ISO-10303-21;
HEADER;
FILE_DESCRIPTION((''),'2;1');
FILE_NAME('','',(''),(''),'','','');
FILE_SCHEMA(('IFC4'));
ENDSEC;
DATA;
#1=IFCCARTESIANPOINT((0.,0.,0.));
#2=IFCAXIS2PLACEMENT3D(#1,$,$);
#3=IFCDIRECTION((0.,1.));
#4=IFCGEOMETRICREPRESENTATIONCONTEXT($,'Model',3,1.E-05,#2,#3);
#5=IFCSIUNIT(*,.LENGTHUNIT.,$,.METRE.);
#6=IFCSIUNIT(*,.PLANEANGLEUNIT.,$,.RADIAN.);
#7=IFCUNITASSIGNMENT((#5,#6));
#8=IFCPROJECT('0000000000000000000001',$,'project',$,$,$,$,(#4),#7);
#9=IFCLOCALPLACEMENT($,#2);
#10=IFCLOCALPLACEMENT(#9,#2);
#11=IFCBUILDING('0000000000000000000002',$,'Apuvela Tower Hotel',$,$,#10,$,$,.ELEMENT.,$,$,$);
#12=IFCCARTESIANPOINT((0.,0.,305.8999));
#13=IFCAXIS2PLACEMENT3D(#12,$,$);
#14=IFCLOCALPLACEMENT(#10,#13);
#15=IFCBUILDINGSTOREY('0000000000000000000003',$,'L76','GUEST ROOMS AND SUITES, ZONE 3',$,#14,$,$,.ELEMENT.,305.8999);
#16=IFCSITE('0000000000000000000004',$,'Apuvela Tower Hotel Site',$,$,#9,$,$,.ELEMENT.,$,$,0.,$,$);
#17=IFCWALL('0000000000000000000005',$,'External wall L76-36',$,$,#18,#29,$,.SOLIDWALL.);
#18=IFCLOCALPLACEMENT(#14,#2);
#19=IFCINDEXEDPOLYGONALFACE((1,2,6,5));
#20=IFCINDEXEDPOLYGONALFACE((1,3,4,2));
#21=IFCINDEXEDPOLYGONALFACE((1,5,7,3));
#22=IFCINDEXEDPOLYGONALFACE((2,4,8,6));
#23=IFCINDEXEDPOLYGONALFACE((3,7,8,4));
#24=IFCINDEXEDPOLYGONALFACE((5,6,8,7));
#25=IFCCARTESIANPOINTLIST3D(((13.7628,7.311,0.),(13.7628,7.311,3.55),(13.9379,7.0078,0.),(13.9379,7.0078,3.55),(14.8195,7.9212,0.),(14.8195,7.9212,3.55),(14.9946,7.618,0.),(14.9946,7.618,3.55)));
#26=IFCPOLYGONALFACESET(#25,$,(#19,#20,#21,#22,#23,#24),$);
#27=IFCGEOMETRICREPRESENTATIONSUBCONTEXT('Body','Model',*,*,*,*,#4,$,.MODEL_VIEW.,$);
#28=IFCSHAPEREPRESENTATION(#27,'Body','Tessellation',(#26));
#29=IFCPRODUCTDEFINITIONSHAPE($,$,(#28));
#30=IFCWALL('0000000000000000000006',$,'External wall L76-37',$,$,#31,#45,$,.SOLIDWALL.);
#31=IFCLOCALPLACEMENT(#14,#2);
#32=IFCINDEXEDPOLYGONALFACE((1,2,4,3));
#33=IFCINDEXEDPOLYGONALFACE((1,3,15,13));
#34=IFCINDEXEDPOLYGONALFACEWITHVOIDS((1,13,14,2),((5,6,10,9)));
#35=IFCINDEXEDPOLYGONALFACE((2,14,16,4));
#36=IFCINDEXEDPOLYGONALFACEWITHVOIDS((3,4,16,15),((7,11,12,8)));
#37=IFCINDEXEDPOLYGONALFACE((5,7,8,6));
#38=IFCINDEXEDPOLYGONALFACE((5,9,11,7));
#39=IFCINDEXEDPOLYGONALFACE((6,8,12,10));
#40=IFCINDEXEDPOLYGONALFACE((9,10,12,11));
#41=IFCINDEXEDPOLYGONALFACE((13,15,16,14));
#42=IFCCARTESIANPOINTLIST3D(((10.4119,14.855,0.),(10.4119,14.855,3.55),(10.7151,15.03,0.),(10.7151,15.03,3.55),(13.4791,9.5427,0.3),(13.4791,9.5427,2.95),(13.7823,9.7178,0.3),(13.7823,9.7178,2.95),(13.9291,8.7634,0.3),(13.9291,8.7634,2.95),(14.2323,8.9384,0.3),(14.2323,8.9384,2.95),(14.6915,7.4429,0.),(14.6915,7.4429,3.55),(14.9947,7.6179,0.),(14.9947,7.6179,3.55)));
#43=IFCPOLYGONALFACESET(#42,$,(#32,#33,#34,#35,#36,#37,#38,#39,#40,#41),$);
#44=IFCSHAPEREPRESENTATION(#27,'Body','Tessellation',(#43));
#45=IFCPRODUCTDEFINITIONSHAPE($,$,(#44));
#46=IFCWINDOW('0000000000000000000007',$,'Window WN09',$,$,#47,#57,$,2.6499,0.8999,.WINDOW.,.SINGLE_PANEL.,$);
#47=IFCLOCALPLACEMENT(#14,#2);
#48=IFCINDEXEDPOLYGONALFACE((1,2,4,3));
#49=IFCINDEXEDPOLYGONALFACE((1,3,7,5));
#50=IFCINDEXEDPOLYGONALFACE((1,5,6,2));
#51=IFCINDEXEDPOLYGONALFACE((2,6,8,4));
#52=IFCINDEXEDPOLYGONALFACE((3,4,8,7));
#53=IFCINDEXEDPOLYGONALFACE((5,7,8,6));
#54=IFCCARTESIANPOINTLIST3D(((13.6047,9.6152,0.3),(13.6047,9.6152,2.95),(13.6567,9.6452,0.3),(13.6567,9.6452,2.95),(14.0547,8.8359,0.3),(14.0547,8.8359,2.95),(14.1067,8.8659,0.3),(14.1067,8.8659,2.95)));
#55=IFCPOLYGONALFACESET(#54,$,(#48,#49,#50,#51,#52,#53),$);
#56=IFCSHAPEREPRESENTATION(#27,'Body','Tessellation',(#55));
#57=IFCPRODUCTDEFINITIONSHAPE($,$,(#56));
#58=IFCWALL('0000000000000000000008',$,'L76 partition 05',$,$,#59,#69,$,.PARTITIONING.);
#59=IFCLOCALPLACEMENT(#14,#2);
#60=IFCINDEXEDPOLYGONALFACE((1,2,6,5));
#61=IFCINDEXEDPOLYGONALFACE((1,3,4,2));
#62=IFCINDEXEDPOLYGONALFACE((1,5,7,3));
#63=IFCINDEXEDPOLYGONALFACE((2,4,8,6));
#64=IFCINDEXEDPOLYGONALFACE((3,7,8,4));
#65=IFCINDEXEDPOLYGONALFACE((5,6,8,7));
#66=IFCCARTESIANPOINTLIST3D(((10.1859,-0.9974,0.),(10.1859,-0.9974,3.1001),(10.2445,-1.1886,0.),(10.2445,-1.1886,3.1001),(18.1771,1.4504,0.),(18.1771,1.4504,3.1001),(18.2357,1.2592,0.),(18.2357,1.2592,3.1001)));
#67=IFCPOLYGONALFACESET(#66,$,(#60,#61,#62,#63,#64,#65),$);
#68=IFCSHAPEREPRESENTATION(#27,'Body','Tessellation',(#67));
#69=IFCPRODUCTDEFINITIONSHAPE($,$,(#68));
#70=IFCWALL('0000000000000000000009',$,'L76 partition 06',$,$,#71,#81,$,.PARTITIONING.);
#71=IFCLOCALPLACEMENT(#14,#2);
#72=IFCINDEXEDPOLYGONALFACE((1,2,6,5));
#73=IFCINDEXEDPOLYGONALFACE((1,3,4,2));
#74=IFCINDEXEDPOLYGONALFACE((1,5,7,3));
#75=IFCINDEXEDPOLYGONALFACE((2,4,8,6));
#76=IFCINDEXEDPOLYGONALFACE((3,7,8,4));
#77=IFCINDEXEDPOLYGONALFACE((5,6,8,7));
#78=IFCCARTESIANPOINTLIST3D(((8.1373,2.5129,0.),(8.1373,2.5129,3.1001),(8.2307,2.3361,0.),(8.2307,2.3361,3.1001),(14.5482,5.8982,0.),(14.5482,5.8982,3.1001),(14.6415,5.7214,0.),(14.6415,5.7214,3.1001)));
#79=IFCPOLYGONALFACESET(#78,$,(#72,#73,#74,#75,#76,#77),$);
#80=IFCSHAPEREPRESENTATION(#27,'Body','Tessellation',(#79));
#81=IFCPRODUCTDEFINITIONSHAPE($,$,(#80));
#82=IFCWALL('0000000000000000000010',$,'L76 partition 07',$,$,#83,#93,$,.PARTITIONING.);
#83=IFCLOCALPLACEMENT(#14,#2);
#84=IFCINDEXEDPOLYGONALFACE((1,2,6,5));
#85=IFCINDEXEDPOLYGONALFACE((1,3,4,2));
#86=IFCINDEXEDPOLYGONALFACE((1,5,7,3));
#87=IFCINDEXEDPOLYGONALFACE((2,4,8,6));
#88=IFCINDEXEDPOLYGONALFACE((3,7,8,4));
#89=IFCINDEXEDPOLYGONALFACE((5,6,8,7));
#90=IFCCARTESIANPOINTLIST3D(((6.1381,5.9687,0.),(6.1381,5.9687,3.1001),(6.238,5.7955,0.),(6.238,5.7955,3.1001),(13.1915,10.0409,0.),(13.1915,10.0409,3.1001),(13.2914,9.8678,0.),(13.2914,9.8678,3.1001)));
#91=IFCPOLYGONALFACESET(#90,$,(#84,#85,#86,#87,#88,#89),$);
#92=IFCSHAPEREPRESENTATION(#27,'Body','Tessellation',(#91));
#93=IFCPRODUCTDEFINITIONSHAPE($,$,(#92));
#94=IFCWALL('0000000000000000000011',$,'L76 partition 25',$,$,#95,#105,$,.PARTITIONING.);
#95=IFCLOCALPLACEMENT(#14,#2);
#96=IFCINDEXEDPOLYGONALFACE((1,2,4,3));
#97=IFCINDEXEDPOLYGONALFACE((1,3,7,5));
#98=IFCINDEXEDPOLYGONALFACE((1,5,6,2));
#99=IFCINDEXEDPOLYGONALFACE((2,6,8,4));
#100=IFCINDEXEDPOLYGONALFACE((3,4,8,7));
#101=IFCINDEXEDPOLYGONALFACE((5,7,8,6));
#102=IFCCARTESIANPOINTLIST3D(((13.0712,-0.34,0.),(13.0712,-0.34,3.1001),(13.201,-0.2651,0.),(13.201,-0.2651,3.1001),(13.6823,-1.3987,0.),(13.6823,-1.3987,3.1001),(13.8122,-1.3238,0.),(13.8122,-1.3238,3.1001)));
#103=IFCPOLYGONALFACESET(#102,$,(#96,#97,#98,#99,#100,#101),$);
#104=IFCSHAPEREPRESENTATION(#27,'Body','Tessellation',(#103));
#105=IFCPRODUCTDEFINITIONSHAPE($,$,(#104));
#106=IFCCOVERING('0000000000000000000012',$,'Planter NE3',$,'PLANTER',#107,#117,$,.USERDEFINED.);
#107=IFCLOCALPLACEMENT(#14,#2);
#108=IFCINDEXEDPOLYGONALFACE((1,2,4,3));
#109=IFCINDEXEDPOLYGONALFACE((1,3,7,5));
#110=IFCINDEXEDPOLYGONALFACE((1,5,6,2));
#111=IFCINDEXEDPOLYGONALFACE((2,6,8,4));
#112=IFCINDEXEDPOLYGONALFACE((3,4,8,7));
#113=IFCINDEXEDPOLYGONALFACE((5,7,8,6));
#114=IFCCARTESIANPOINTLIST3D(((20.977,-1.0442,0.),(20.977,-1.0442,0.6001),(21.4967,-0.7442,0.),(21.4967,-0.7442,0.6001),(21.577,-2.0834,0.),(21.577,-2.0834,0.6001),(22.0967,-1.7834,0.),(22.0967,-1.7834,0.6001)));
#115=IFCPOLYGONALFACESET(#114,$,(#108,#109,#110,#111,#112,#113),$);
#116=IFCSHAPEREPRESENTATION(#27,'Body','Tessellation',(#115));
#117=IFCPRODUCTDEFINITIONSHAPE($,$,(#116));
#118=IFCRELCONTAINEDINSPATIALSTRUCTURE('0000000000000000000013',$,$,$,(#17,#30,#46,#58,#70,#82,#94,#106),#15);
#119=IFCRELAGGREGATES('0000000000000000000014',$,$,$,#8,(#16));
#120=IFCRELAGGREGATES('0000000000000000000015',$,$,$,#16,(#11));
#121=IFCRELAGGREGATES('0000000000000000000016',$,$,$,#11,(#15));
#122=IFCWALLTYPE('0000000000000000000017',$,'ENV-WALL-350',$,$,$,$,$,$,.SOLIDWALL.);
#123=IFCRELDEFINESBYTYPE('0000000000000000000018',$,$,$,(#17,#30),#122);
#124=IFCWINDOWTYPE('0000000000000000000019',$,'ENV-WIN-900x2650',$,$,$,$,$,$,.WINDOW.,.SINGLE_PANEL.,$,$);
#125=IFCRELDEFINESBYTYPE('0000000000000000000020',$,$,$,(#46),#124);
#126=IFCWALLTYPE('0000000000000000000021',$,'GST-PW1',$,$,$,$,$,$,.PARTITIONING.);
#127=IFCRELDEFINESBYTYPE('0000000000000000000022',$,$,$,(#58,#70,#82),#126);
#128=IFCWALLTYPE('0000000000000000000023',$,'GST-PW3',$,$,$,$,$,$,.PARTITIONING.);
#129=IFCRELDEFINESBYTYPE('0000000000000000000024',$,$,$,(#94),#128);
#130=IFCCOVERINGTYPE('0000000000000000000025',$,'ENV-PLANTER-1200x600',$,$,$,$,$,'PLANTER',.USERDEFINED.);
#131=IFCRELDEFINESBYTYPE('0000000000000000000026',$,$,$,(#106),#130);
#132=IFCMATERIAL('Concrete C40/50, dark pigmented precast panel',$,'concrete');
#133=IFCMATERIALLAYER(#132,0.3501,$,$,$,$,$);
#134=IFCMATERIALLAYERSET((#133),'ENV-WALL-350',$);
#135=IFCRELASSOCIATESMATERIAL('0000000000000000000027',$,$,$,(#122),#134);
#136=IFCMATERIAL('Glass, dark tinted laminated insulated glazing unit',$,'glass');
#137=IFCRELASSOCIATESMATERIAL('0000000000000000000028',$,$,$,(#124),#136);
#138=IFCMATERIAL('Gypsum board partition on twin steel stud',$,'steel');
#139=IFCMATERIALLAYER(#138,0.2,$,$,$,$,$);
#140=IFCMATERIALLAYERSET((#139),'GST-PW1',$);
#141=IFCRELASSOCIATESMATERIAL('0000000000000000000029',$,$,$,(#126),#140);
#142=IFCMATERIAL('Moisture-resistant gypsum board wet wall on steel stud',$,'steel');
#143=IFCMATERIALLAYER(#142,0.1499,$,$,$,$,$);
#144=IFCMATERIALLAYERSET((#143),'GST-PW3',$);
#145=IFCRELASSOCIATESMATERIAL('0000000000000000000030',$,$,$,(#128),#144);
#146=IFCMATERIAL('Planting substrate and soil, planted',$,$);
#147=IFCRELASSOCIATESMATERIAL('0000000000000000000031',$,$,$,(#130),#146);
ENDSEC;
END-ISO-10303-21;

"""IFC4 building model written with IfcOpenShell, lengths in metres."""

from ifc_helpers import new_model, si_unit, direction, frame, frame_2d, origin, origin_2d, place, context, subcontext, project, spatial, rectangle, extrude, material, layer, layer_set, type_object, element, fill, save


model = new_model("IFC4")

# Units and contexts
model_context = context("Model", 3, precision=1e-05, world=origin(), true_north=direction((0.0, 1.0)))
body_context = subcontext(model_context, "Body", "Model", "MODEL_VIEW")
ifc_project = project(units=[si_unit("LENGTHUNIT", "METRE"), si_unit("PLANEANGLEUNIT", "RADIAN")], contexts=[model_context])

# Site, building, storey
site_placement = place(None, origin())
site = spatial("IfcSite", under=ifc_project, at=site_placement, Name="Apuvela Tower Hotel Site", CompositionType="ELEMENT", RefElevation=0.0)
building_placement = place(site_placement, origin())
building = spatial("IfcBuilding", under=site, at=building_placement, Name="Apuvela Tower Hotel", CompositionType="ELEMENT")
storey_placement = place(building_placement, frame((0.0, 0.0, 305.8999)))
storey = spatial("IfcBuildingStorey", under=building, at=storey_placement, Name="L76", Description="GUEST ROOMS AND SUITES, ZONE 3", CompositionType="ELEMENT", Elevation=305.8999)

# Shared definitions
ifc_material_1 = material(Name="Concrete C40/50, dark pigmented precast panel", Category="concrete")
ifc_layer_1 = layer(ifc_material_1, 0.3501)
ifc_layer_set_1 = layer_set([ifc_layer_1], Name="ENV-WALL-350")
wall_type_1 = type_object("IfcWallType", Name="ENV-WALL-350", PredefinedType="SOLIDWALL", material=ifc_layer_set_1)

# Shared definitions
ifc_material_2 = material(Name="Glass, dark tinted laminated insulated glazing unit", Category="glass")
window_type = type_object("IfcWindowType", Name="ENV-WIN-900x2650", PartitioningType="SINGLE_PANEL", PredefinedType="WINDOW", material=ifc_material_2)

# Wall
wall_1_placement = place(storey_placement, frame((13.8503, 7.1594, 0.0), z_axis=(0.0, 0.0, 1.0), x_axis=(0.866006, 0.500034, 0.0)))
element("IfcWall", 1, at=wall_1_placement, inside=storey, type_object=wall_type_1, Name="External wall L76-36", PredefinedType="SOLIDWALL", context=body_context, shape_type="SweptSolid", body=[
    extrude(rectangle(XDim=1.2202, YDim=0.3501, at=frame_2d((0.6101, 0.0))), origin(), (0.0, 0.0, 1.0), 3.55),
])

# Wall, opening, window
wall_2_placement = place(storey_placement, frame((14.843, 7.5305, 0.0), z_axis=(0.0, 0.0, 1.0), x_axis=(-0.500014, 0.866017, 0.0)))
wall_2 = element("IfcWall", 2, at=wall_2_placement, inside=storey, type_object=wall_type_1, Name="External wall L76-37", PredefinedType="SOLIDWALL", context=body_context, shape_type="SweptSolid", body=[
    extrude(rectangle(XDim=8.5588, YDim=0.3501, at=frame_2d((4.2793, 0.0))), origin(), (0.0, 0.0, 1.0), 3.55),
])
opening_1_placement = place(wall_2_placement, frame((1.5247, 0.0, 0.3)))
opening_1 = element("IfcOpeningElement", 3, at=opening_1_placement, cuts=wall_2, PredefinedType="OPENING", context=body_context, shape_type="SweptSolid", body=[
    extrude(rectangle(XDim=0.8999, YDim=2.6499, at=frame_2d((0.45, 1.325))), frame((0.0, 0.1851, 0.0), z_axis=(0.0, -1.0, 0.0), x_axis=(1.0, 0.0, 0.0)), (0.0, 0.0, 1.0), 0.3701),
])
window_1_placement = place(opening_1_placement, origin())
window_1 = element("IfcWindow", 4, at=window_1_placement, inside=storey, type_object=window_type, Name="Window WN09", OverallHeight=2.6499, OverallWidth=0.8999, PartitioningType="SINGLE_PANEL", PredefinedType="WINDOW", context=body_context, shape_type="SweptSolid", body=[
    extrude(rectangle(XDim=0.8999, YDim=2.6499, at=frame_2d((0.45, 1.325))), frame((0.0, 0.03, 0.0), z_axis=(0.0, -1.0, 0.0), x_axis=(1.0, 0.0, 0.0)), (0.0, 0.0, 1.0), 0.0601),
])
fill(opening_1, window_1)

# Walls
ifc_material_3 = material(Name="Gypsum board partition on twin steel stud", Category="steel")
ifc_layer_2 = layer(ifc_material_3, 0.2)
ifc_layer_set_2 = layer_set([ifc_layer_2], Name="GST-PW1")
wall_type_2 = type_object("IfcWallType", Name="GST-PW1", PredefinedType="PARTITIONING", material=ifc_layer_set_2)
wall_3_placement = place(storey_placement, frame((18.2063, 1.3547, 0.0), z_axis=(0.0, 0.0, 1.0), x_axis=(-0.956151, -0.292875, 0.0)))
element("IfcWall", 5, at=wall_3_placement, inside=storey, type_object=wall_type_2, Name="L76 partition 05", PredefinedType="PARTITIONING", context=body_context, shape_type="SweptSolid", body=[
    extrude(rectangle(XDim=8.3577, YDim=0.2, at=frame_2d((4.1787, 0.0))), origin(), (0.0, 0.0, 1.0), 3.1001),
])
wall_4_placement = place(storey_placement, frame((14.595, 5.8098, 0.0), z_axis=(0.0, 0.0, 1.0), x_axis=(-0.884286, -0.466945, 0.0)))
element("IfcWall", 6, at=wall_4_placement, inside=storey, type_object=wall_type_2, Name="L76 partition 06", PredefinedType="PARTITIONING", context=body_context, shape_type="SweptSolid", body=[
    extrude(rectangle(XDim=7.2498, YDim=0.2, at=frame_2d((3.625, 0.0))), origin(), (0.0, 0.0, 1.0), 3.1001),
])
wall_5_placement = place(storey_placement, frame((13.2415, 9.9543, 0.0), z_axis=(0.0, 0.0, 1.0), x_axis=(-0.866028, -0.499995, 0.0)))
element("IfcWall", 7, at=wall_5_placement, inside=storey, type_object=wall_type_2, Name="L76 partition 07", PredefinedType="PARTITIONING", context=body_context, shape_type="SweptSolid", body=[
    extrude(rectangle(XDim=8.1445, YDim=0.2, at=frame_2d((4.0723, 0.0))), origin(), (0.0, 0.0, 1.0), 3.1001),
])
ifc_material_4 = material(Name="Moisture-resistant gypsum board wet wall on steel stud", Category="steel")
ifc_layer_3 = layer(ifc_material_4, 0.1499)
ifc_layer_set_3 = layer_set([ifc_layer_3], Name="GST-PW3")
wall_type_3 = type_object("IfcWallType", Name="GST-PW3", PredefinedType="PARTITIONING", material=ifc_layer_set_3)
wall_6_placement = place(storey_placement, frame((13.7473, -1.3613, 0.0), z_axis=(0.0, 0.0, 1.0), x_axis=(-0.499941, 0.866059, 0.0)))
element("IfcWall", 8, at=wall_6_placement, inside=storey, type_object=wall_type_3, Name="L76 partition 25", PredefinedType="PARTITIONING", context=body_context, shape_type="SweptSolid", body=[
    extrude(rectangle(XDim=1.2224, YDim=0.1499, at=frame_2d((0.6113, 0.0))), origin(), (0.0, 0.0, 1.0), 3.1001),
])

# Covering
ifc_material_5 = material(Name="Planting substrate and soil, planted")
covering_type = type_object("IfcCoveringType", Name="ENV-PLANTER-1200x600", ElementType="PLANTER", PredefinedType="USERDEFINED", material=ifc_material_5)
covering_placement = place(storey_placement, frame((21.5369, -1.4138, 0.0), z_axis=(0.0, 0.0, 1.0), x_axis=(-0.5, 0.866025, 0.0)))
element("IfcCovering", 9, at=covering_placement, inside=storey, type_object=covering_type, Name="Planter NE3", ObjectType="PLANTER", PredefinedType="USERDEFINED", context=body_context, shape_type="SweptSolid", body=[
    extrude(rectangle(XDim=1.2, YDim=0.6001, at=origin_2d()), origin(), (0.0, 0.0, 1.0), 0.6001),
])

save(model, "model.ifc")
